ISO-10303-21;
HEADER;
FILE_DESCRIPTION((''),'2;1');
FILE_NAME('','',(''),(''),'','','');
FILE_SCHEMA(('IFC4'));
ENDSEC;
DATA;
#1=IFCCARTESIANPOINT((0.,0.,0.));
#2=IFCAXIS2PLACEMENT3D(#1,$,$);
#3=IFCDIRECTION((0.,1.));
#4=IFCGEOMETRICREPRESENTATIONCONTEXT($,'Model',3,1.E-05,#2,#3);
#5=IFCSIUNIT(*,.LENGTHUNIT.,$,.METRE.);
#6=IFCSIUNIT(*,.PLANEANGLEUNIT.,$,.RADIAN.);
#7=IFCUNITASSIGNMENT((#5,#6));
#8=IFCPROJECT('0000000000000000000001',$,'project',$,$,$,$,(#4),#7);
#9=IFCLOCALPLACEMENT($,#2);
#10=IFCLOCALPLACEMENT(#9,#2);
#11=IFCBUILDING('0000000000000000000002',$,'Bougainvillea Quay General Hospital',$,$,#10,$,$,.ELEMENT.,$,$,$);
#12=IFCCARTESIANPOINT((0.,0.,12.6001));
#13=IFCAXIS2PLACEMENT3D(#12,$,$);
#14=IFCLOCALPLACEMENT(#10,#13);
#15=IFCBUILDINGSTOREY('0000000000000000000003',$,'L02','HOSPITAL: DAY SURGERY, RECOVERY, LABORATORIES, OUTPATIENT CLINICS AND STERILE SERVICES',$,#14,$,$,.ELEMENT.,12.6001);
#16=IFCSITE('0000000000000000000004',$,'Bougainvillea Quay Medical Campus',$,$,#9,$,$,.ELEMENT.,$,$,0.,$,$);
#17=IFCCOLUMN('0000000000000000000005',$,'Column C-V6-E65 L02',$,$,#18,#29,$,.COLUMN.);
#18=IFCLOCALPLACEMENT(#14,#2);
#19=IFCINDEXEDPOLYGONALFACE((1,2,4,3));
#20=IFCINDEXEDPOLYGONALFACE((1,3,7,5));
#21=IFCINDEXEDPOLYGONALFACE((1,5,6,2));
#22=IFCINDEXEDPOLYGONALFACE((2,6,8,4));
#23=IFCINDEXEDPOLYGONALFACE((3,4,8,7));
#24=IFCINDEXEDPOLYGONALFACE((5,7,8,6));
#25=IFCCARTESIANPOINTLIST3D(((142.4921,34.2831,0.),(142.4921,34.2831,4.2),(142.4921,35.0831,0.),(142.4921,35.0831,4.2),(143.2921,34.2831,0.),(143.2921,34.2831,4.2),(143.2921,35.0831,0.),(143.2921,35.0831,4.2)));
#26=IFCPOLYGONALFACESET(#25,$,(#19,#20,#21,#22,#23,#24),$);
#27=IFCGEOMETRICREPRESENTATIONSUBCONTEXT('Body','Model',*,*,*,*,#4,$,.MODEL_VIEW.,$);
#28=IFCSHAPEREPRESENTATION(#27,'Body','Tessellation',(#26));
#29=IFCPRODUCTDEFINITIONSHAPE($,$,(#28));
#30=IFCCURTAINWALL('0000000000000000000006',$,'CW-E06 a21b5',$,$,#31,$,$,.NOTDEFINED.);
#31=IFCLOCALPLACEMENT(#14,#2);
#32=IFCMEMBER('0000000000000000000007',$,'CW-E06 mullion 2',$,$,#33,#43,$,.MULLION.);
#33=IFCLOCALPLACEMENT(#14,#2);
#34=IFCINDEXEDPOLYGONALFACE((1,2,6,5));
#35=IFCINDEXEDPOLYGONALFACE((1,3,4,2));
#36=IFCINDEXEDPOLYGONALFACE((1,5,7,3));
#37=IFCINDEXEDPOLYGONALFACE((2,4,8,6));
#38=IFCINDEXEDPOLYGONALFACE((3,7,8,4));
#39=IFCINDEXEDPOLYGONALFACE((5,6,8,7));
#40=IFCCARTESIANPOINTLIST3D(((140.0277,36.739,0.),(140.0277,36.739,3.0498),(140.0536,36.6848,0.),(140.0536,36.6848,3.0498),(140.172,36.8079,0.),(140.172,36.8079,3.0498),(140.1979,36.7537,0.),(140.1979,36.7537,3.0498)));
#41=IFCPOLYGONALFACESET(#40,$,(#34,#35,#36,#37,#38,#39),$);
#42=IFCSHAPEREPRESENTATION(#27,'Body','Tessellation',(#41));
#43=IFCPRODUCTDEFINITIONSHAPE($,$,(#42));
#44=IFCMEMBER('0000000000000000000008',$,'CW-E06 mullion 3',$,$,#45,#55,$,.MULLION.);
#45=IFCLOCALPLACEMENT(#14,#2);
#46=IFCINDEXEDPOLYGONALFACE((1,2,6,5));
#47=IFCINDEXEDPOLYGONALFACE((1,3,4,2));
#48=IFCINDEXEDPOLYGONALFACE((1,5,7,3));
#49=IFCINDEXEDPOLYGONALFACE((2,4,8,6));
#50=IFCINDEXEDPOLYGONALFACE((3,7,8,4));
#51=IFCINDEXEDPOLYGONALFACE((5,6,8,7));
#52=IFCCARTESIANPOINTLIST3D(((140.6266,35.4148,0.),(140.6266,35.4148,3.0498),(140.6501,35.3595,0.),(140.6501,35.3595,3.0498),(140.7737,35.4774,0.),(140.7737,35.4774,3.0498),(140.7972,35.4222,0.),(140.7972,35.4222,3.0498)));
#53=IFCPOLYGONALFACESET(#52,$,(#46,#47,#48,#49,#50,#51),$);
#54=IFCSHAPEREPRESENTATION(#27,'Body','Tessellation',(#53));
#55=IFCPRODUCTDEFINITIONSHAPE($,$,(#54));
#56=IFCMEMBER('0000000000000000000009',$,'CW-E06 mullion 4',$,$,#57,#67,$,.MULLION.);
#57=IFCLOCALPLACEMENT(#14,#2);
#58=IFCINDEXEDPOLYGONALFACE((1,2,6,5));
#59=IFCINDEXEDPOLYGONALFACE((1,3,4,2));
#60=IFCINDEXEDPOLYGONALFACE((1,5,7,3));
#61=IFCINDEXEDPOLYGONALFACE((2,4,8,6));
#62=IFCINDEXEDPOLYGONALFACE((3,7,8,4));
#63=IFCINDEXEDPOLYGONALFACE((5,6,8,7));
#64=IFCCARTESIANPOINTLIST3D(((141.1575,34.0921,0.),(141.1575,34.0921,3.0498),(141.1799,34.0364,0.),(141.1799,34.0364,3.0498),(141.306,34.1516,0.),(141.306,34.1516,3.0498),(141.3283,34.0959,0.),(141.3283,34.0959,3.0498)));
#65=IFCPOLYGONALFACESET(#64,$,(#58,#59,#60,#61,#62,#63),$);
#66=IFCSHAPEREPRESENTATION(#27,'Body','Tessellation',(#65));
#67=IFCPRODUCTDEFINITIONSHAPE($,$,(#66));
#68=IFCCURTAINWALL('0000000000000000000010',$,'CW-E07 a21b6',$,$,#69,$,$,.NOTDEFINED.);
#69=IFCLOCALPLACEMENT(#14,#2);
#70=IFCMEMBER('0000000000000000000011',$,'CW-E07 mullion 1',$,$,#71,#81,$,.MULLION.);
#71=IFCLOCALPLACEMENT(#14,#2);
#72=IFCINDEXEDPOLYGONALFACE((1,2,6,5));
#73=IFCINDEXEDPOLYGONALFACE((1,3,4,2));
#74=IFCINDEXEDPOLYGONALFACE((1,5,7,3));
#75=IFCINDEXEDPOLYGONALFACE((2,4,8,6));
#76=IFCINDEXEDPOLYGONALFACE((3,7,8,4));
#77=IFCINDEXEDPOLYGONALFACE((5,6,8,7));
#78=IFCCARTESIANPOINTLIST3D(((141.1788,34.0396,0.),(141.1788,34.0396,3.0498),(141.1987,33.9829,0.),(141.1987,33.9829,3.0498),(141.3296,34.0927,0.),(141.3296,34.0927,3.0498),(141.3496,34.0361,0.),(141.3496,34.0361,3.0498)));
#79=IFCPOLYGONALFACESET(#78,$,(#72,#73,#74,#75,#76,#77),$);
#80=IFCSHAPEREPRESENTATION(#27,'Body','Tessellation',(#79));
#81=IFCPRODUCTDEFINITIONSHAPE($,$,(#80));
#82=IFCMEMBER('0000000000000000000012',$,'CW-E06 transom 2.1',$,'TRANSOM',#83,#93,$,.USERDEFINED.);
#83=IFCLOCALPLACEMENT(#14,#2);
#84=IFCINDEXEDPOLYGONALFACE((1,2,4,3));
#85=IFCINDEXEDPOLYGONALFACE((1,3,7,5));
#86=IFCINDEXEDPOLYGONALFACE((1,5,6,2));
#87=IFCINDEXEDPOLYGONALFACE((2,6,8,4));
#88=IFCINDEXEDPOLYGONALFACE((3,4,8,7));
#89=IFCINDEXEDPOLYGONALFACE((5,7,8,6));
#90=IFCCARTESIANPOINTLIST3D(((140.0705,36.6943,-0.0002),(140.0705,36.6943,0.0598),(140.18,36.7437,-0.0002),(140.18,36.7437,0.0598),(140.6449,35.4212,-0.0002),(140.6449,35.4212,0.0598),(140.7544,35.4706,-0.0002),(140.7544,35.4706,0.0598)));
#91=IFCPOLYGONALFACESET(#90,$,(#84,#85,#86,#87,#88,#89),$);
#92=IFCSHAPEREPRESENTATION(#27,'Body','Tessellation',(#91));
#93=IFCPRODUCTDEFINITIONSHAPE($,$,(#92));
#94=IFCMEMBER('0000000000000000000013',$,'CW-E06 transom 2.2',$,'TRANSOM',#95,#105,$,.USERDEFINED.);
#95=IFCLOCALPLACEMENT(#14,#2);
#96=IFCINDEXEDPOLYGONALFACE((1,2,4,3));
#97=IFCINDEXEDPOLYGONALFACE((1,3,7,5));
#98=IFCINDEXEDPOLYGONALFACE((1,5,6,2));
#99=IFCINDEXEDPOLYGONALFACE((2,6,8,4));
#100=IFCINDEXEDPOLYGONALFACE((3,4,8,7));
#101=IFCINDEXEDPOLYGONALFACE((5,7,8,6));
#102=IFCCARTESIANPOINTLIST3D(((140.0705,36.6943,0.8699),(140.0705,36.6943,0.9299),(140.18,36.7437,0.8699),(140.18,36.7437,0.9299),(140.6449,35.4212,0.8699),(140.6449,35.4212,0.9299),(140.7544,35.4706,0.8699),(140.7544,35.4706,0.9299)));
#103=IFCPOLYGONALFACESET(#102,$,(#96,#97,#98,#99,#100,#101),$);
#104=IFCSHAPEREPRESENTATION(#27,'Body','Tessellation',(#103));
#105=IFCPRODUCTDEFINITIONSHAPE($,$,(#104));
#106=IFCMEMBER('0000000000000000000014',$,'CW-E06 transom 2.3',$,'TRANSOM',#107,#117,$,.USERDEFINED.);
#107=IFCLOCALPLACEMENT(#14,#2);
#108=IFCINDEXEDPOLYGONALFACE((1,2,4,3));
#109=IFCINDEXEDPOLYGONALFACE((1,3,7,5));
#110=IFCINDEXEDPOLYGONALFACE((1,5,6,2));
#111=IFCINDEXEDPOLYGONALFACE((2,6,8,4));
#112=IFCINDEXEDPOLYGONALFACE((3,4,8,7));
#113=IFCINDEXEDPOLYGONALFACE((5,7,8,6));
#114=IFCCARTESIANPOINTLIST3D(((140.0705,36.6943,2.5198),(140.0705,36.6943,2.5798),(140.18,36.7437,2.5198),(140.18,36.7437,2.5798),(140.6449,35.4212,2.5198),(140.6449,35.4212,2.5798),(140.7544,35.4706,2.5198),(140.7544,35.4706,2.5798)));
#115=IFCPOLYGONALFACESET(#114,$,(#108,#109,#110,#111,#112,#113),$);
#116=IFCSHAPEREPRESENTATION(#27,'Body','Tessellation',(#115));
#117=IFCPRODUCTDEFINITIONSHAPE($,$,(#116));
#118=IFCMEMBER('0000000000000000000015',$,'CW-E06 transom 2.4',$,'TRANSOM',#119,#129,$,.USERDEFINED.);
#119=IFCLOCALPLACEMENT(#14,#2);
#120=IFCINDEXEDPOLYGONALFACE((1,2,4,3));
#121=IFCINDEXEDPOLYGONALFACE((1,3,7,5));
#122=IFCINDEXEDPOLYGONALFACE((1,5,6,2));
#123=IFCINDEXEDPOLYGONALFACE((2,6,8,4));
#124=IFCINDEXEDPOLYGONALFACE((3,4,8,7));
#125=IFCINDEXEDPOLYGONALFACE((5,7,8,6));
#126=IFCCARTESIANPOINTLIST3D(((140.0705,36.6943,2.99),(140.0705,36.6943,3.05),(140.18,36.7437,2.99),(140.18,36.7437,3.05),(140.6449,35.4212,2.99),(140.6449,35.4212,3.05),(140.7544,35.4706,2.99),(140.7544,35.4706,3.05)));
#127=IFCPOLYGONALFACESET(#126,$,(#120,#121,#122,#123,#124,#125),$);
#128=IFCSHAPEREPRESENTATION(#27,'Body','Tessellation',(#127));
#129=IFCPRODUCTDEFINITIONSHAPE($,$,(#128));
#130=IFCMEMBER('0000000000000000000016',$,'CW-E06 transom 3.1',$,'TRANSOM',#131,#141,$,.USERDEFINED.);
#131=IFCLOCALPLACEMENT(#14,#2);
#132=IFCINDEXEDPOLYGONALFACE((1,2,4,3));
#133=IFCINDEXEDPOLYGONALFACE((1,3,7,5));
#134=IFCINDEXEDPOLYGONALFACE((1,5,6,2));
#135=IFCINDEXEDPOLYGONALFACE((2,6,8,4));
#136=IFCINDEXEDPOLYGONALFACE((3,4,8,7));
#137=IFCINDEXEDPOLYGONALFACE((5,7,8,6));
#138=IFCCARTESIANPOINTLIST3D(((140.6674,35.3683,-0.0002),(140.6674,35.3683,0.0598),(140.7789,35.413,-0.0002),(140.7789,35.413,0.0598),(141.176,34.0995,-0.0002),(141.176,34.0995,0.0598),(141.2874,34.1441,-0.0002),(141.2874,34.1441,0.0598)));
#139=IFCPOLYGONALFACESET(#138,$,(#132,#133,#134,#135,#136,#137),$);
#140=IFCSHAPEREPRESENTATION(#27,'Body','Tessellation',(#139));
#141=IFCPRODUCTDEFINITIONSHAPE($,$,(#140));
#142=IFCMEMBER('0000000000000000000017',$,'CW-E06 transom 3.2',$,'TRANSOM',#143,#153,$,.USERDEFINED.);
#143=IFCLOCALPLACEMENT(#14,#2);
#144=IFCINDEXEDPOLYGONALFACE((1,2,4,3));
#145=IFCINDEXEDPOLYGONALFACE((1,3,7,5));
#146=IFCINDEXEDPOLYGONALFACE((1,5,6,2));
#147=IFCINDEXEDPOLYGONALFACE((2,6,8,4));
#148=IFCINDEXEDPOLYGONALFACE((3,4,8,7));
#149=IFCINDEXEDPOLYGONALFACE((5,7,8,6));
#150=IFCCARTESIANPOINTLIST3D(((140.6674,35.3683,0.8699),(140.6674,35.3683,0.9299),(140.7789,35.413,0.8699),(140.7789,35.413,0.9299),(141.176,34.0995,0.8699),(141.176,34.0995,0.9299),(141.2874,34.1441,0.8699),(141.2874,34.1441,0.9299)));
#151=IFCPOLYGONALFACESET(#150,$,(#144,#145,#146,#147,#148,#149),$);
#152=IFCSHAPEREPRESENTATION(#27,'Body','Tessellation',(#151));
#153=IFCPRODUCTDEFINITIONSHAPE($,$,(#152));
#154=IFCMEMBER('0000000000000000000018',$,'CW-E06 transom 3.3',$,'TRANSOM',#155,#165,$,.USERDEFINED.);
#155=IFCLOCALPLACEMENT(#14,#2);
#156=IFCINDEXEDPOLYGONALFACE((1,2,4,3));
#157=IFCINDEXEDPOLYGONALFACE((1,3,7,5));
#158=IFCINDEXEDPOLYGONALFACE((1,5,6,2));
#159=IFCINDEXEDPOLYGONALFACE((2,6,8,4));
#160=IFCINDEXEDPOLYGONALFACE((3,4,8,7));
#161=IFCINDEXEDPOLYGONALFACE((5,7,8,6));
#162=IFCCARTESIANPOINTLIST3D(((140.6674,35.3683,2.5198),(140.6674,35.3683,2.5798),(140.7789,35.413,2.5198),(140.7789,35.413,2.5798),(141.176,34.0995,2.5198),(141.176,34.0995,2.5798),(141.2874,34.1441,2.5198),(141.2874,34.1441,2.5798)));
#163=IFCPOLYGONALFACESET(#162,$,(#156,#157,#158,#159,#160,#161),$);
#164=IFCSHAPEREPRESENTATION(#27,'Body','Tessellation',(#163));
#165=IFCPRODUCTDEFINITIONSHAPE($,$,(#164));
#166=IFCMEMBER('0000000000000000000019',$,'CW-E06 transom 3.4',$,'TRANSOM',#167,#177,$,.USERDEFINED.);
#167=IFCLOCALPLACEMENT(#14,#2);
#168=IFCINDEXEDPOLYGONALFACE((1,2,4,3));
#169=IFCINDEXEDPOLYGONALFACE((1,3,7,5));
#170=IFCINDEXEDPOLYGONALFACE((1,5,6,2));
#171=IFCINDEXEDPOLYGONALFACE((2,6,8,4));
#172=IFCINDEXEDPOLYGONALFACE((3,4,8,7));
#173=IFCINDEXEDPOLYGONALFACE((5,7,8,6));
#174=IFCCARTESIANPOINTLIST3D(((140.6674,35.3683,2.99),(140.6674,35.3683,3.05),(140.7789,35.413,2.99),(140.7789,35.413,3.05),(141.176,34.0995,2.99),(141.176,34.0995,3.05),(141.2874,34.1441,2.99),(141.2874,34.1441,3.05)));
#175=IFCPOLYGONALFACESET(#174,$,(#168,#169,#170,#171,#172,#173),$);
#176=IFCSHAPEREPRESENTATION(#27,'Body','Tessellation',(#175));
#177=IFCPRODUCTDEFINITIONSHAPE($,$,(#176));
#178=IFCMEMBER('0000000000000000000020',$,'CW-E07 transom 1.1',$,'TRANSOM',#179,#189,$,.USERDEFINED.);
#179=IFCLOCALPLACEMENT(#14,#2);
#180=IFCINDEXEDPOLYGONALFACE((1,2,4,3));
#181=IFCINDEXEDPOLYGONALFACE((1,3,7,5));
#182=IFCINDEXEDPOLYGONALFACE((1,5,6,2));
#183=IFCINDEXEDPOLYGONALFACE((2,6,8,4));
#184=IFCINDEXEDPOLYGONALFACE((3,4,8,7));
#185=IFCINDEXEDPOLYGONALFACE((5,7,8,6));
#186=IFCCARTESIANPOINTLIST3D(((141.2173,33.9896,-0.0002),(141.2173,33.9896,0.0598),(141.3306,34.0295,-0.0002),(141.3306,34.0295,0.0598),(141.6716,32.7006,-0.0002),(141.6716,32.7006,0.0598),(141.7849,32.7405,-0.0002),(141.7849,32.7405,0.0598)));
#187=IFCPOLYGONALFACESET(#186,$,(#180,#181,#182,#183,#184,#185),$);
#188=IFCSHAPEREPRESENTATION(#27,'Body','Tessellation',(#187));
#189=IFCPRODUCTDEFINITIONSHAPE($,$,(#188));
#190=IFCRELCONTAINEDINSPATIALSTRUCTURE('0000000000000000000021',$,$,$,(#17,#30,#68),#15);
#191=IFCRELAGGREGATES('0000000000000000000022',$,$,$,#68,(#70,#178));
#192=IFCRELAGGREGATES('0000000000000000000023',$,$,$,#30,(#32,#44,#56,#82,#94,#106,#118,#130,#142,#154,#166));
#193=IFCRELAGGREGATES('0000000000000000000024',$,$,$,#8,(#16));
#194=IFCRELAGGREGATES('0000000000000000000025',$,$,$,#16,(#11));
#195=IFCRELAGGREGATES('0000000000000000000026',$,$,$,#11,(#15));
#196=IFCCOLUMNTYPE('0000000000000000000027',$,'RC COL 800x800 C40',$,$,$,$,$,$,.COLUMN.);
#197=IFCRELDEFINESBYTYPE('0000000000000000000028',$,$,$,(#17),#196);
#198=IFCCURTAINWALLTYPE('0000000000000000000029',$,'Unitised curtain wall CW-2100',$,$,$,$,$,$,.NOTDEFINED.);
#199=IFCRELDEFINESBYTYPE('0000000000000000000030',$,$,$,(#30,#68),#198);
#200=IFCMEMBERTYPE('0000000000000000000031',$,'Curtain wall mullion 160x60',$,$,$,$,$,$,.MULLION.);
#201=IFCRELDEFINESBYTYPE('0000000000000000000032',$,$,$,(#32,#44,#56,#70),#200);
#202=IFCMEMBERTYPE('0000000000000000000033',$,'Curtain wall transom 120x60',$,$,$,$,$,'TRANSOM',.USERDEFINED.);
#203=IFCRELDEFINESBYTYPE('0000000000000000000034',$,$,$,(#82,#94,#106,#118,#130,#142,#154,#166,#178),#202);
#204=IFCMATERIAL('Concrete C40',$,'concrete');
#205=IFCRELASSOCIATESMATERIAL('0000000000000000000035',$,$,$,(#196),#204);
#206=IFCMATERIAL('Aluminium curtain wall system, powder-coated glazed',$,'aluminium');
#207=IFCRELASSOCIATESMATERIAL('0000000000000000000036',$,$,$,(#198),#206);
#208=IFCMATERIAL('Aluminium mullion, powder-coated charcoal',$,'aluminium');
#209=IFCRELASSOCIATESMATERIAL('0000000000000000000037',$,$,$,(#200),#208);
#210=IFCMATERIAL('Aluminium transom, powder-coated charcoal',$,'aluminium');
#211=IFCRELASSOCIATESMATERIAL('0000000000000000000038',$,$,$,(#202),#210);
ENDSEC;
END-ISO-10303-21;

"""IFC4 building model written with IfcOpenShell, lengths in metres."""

from ifc_helpers import new_model, si_unit, direction, frame, origin, origin_2d, place, context, subcontext, project, spatial, rectangle, extrude, material, material_profile, profile_set, type_object, element, aggregate, save


model = new_model("IFC4")

# Units and contexts
model_context = context("Model", 3, precision=1e-05, world=origin(), true_north=direction((0.0, 1.0)))
body_context = subcontext(model_context, "Body", "Model", "MODEL_VIEW")
ifc_project = project(units=[si_unit("LENGTHUNIT", "METRE"), si_unit("PLANEANGLEUNIT", "RADIAN")], contexts=[model_context])

# Site, building, storey
site_placement = place(None, origin())
site = spatial("IfcSite", under=ifc_project, at=site_placement, Name="Bougainvillea Quay Medical Campus", CompositionType="ELEMENT", RefElevation=0.0)
building_placement = place(site_placement, origin())
building = spatial("IfcBuilding", under=site, at=building_placement, Name="Bougainvillea Quay General Hospital", CompositionType="ELEMENT")
storey_placement = place(building_placement, frame((0.0, 0.0, 12.6001)))
storey = spatial("IfcBuildingStorey", under=building, at=storey_placement, Name="L02", Description="HOSPITAL: DAY SURGERY, RECOVERY, LABORATORIES, OUTPATIENT CLINICS AND STERILE SERVICES", CompositionType="ELEMENT", Elevation=12.6001)

# Column
ifc_material_1 = material(Name="Concrete C40", Category="concrete")
ifc_material_profile_1 = material_profile(ifc_material_1, rectangle(XDim=0.8, YDim=0.8, at=origin_2d()))
ifc_profile_set_1 = profile_set([ifc_material_profile_1], Name="Concrete C40")
column_type = type_object("IfcColumnType", Name="RC COL 800x800 C40", PredefinedType="COLUMN", material=ifc_profile_set_1)
column_placement = place(storey_placement, frame((142.8921, 34.6831, 0.0), z_axis=(0.0, 0.0, 1.0), x_axis=(1.0, 0.0, 0.0)))
element("IfcColumn", 1, at=column_placement, inside=storey, type_object=column_type, Name="Column C-V6-E65 L02", PredefinedType="COLUMN", context=body_context, shape_type="SweptSolid", body=[
    extrude(rectangle(XDim=0.8, YDim=0.8, at=origin_2d()), origin(), (0.0, 0.0, 1.0), 4.2),
])

# Curtain wall, members
ifc_material_2 = material(Name="Aluminium curtain wall system, powder-coated glazed", Category="aluminium")
curtain_wall_type = type_object("IfcCurtainWallType", Name="Unitised curtain wall CW-2100", PredefinedType="NOTDEFINED", material=ifc_material_2)
curtain_wall_1_placement = place(storey_placement, origin())
curtain_wall_1 = element("IfcCurtainWall", 2, at=curtain_wall_1_placement, inside=storey, type_object=curtain_wall_type, Name="CW-E06 a21b5", PredefinedType="NOTDEFINED")
ifc_material_3 = material(Name="Aluminium mullion, powder-coated charcoal", Category="aluminium")
ifc_material_profile_2 = material_profile(ifc_material_3, rectangle(XDim=0.1599, YDim=0.0601, at=origin_2d()))
ifc_profile_set_2 = profile_set([ifc_material_profile_2], Name="Aluminium mullion, powder-coated charcoal")
member_type_1 = type_object("IfcMemberType", Name="Curtain wall mullion 160x60", PredefinedType="MULLION", material=ifc_profile_set_2)
member_1_placement = place(storey_placement, frame((140.1128, 36.7463, 0.0), z_axis=(0.0, 0.0, 1.0), x_axis=(0.902565, 0.430553, 0.0)))
member_1 = element("IfcMember", 3, at=member_1_placement, type_object=member_type_1, Name="CW-E06 mullion 2", PredefinedType="MULLION", context=body_context, shape_type="SweptSolid", body=[
    extrude(rectangle(XDim=0.1599, YDim=0.0601, at=origin_2d()), origin(), (0.0, 0.0, 1.0), 3.0498),
])
member_2_placement = place(storey_placement, frame((140.7119, 35.4185, 0.0), z_axis=(0.0, 0.0, 1.0), x_axis=(0.920059, 0.391781, 0.0)))
member_2 = element("IfcMember", 4, at=member_2_placement, type_object=member_type_1, Name="CW-E06 mullion 3", PredefinedType="MULLION", context=body_context, shape_type="SweptSolid", body=[
    extrude(rectangle(XDim=0.1599, YDim=0.0601, at=origin_2d()), origin(), (0.0, 0.0, 1.0), 3.0498),
])
member_3_placement = place(storey_placement, frame((141.2429, 34.094, 0.0), z_axis=(0.0, 0.0, 1.0), x_axis=(0.928183, 0.372124, 0.0)))
member_3 = element("IfcMember", 5, at=member_3_placement, type_object=member_type_1, Name="CW-E06 mullion 4", PredefinedType="MULLION", context=body_context, shape_type="SweptSolid", body=[
    extrude(rectangle(XDim=0.1599, YDim=0.0601, at=origin_2d()), origin(), (0.0, 0.0, 1.0), 3.0498),
])

# Curtain wall, member
curtain_wall_2_placement = place(storey_placement, origin())
curtain_wall_2 = element("IfcCurtainWall", 6, at=curtain_wall_2_placement, inside=storey, type_object=curtain_wall_type, Name="CW-E07 a21b6", PredefinedType="NOTDEFINED")
member_4_placement = place(storey_placement, frame((141.2642, 34.0378, 0.0), z_axis=(0.0, 0.0, 1.0), x_axis=(0.943169, 0.332315, 0.0)))
member_4 = element("IfcMember", 7, at=member_4_placement, type_object=member_type_1, Name="CW-E07 mullion 1", PredefinedType="MULLION", context=body_context, shape_type="SweptSolid", body=[
    extrude(rectangle(XDim=0.1599, YDim=0.0601, at=origin_2d()), origin(), (0.0, 0.0, 1.0), 3.0498),
])

# Members
ifc_material_4 = material(Name="Aluminium transom, powder-coated charcoal", Category="aluminium")
ifc_material_profile_3 = material_profile(ifc_material_4, rectangle(XDim=0.1201, YDim=0.0601, at=origin_2d()))
ifc_profile_set_3 = profile_set([ifc_material_profile_3], Name="Aluminium transom, powder-coated charcoal")
member_type_2 = type_object("IfcMemberType", Name="Curtain wall transom 120x60", ElementType="TRANSOM", PredefinedType="USERDEFINED", material=ifc_profile_set_3)
member_5_placement = place(storey_placement, frame((140.1252, 36.719, 0.0298), z_axis=(0.411273, -0.911512, 0.0), x_axis=(0.911512, 0.411273, 0.0)))
member_5 = element("IfcMember", 8, at=member_5_placement, type_object=member_type_2, Name="CW-E06 transom 2.1", ObjectType="TRANSOM", PredefinedType="USERDEFINED", context=body_context, shape_type="SweptSolid", body=[
    extrude(rectangle(XDim=0.1201, YDim=0.0601, at=origin_2d()), origin(), (0.0, 0.0, 1.0), 1.3967),
])
member_6_placement = place(storey_placement, frame((140.1252, 36.719, 0.8999), z_axis=(0.411273, -0.911512, 0.0), x_axis=(0.911512, 0.411273, 0.0)))
member_6 = element("IfcMember", 9, at=member_6_placement, type_object=member_type_2, Name="CW-E06 transom 2.2", ObjectType="TRANSOM", PredefinedType="USERDEFINED", context=body_context, shape_type="SweptSolid", body=[
    extrude(rectangle(XDim=0.1201, YDim=0.0601, at=origin_2d()), origin(), (0.0, 0.0, 1.0), 1.3967),
])
member_7_placement = place(storey_placement, frame((140.1252, 36.719, 2.5498), z_axis=(0.411273, -0.911512, 0.0), x_axis=(0.911512, 0.411273, 0.0)))
member_7 = element("IfcMember", 10, at=member_7_placement, type_object=member_type_2, Name="CW-E06 transom 2.3", ObjectType="TRANSOM", PredefinedType="USERDEFINED", context=body_context, shape_type="SweptSolid", body=[
    extrude(rectangle(XDim=0.1201, YDim=0.0601, at=origin_2d()), origin(), (0.0, 0.0, 1.0), 1.3967),
])
member_8_placement = place(storey_placement, frame((140.1252, 36.719, 3.02), z_axis=(0.411273, -0.911512, 0.0), x_axis=(0.911512, 0.411273, 0.0)))
member_8 = element("IfcMember", 11, at=member_8_placement, type_object=member_type_2, Name="CW-E06 transom 2.4", ObjectType="TRANSOM", PredefinedType="USERDEFINED", context=body_context, shape_type="SweptSolid", body=[
    extrude(rectangle(XDim=0.1201, YDim=0.0601, at=origin_2d()), origin(), (0.0, 0.0, 1.0), 1.3967),
])
member_9_placement = place(storey_placement, frame((140.7231, 35.3906, 0.0298), z_axis=(0.372037, -0.928218, 0.0), x_axis=(0.928218, 0.372037, 0.0)))
member_9 = element("IfcMember", 12, at=member_9_placement, type_object=member_type_2, Name="CW-E06 transom 3.1", ObjectType="TRANSOM", PredefinedType="USERDEFINED", context=body_context, shape_type="SweptSolid", body=[
    extrude(rectangle(XDim=0.1201, YDim=0.0601, at=origin_2d()), origin(), (0.0, 0.0, 1.0), 1.3669),
])
member_10_placement = place(storey_placement, frame((140.7231, 35.3906, 0.8999), z_axis=(0.372037, -0.928218, 0.0), x_axis=(0.928218, 0.372037, 0.0)))
member_10 = element("IfcMember", 13, at=member_10_placement, type_object=member_type_2, Name="CW-E06 transom 3.2", ObjectType="TRANSOM", PredefinedType="USERDEFINED", context=body_context, shape_type="SweptSolid", body=[
    extrude(rectangle(XDim=0.1201, YDim=0.0601, at=origin_2d()), origin(), (0.0, 0.0, 1.0), 1.3669),
])
member_11_placement = place(storey_placement, frame((140.7231, 35.3906, 2.5498), z_axis=(0.372037, -0.928218, 0.0), x_axis=(0.928218, 0.372037, 0.0)))
member_11 = element("IfcMember", 14, at=member_11_placement, type_object=member_type_2, Name="CW-E06 transom 3.3", ObjectType="TRANSOM", PredefinedType="USERDEFINED", context=body_context, shape_type="SweptSolid", body=[
    extrude(rectangle(XDim=0.1201, YDim=0.0601, at=origin_2d()), origin(), (0.0, 0.0, 1.0), 1.3669),
])
member_12_placement = place(storey_placement, frame((140.7231, 35.3906, 3.02), z_axis=(0.372037, -0.928218, 0.0), x_axis=(0.928218, 0.372037, 0.0)))
member_12 = element("IfcMember", 15, at=member_12_placement, type_object=member_type_2, Name="CW-E06 transom 3.4", ObjectType="TRANSOM", PredefinedType="USERDEFINED", context=body_context, shape_type="SweptSolid", body=[
    extrude(rectangle(XDim=0.1201, YDim=0.0601, at=origin_2d()), origin(), (0.0, 0.0, 1.0), 1.3669),
])
member_13_placement = place(storey_placement, frame((141.2739, 34.0095, 0.0298), z_axis=(0.332418, -0.943132, 0.0), x_axis=(0.943132, 0.332418, 0.0)))
member_13 = element("IfcMember", 16, at=member_13_placement, type_object=member_type_2, Name="CW-E07 transom 1.1", ObjectType="TRANSOM", PredefinedType="USERDEFINED", context=body_context, shape_type="SweptSolid", body=[
    extrude(rectangle(XDim=0.1201, YDim=0.0601, at=origin_2d()), origin(), (0.0, 0.0, 1.0), 1.3667),
])
aggregate(curtain_wall_2, [member_4, member_13])

aggregate(curtain_wall_1, [member_1, member_2, member_3, member_5, member_6, member_7, member_8, member_9, member_10, member_11, member_12])

save(model, "model.ifc")
